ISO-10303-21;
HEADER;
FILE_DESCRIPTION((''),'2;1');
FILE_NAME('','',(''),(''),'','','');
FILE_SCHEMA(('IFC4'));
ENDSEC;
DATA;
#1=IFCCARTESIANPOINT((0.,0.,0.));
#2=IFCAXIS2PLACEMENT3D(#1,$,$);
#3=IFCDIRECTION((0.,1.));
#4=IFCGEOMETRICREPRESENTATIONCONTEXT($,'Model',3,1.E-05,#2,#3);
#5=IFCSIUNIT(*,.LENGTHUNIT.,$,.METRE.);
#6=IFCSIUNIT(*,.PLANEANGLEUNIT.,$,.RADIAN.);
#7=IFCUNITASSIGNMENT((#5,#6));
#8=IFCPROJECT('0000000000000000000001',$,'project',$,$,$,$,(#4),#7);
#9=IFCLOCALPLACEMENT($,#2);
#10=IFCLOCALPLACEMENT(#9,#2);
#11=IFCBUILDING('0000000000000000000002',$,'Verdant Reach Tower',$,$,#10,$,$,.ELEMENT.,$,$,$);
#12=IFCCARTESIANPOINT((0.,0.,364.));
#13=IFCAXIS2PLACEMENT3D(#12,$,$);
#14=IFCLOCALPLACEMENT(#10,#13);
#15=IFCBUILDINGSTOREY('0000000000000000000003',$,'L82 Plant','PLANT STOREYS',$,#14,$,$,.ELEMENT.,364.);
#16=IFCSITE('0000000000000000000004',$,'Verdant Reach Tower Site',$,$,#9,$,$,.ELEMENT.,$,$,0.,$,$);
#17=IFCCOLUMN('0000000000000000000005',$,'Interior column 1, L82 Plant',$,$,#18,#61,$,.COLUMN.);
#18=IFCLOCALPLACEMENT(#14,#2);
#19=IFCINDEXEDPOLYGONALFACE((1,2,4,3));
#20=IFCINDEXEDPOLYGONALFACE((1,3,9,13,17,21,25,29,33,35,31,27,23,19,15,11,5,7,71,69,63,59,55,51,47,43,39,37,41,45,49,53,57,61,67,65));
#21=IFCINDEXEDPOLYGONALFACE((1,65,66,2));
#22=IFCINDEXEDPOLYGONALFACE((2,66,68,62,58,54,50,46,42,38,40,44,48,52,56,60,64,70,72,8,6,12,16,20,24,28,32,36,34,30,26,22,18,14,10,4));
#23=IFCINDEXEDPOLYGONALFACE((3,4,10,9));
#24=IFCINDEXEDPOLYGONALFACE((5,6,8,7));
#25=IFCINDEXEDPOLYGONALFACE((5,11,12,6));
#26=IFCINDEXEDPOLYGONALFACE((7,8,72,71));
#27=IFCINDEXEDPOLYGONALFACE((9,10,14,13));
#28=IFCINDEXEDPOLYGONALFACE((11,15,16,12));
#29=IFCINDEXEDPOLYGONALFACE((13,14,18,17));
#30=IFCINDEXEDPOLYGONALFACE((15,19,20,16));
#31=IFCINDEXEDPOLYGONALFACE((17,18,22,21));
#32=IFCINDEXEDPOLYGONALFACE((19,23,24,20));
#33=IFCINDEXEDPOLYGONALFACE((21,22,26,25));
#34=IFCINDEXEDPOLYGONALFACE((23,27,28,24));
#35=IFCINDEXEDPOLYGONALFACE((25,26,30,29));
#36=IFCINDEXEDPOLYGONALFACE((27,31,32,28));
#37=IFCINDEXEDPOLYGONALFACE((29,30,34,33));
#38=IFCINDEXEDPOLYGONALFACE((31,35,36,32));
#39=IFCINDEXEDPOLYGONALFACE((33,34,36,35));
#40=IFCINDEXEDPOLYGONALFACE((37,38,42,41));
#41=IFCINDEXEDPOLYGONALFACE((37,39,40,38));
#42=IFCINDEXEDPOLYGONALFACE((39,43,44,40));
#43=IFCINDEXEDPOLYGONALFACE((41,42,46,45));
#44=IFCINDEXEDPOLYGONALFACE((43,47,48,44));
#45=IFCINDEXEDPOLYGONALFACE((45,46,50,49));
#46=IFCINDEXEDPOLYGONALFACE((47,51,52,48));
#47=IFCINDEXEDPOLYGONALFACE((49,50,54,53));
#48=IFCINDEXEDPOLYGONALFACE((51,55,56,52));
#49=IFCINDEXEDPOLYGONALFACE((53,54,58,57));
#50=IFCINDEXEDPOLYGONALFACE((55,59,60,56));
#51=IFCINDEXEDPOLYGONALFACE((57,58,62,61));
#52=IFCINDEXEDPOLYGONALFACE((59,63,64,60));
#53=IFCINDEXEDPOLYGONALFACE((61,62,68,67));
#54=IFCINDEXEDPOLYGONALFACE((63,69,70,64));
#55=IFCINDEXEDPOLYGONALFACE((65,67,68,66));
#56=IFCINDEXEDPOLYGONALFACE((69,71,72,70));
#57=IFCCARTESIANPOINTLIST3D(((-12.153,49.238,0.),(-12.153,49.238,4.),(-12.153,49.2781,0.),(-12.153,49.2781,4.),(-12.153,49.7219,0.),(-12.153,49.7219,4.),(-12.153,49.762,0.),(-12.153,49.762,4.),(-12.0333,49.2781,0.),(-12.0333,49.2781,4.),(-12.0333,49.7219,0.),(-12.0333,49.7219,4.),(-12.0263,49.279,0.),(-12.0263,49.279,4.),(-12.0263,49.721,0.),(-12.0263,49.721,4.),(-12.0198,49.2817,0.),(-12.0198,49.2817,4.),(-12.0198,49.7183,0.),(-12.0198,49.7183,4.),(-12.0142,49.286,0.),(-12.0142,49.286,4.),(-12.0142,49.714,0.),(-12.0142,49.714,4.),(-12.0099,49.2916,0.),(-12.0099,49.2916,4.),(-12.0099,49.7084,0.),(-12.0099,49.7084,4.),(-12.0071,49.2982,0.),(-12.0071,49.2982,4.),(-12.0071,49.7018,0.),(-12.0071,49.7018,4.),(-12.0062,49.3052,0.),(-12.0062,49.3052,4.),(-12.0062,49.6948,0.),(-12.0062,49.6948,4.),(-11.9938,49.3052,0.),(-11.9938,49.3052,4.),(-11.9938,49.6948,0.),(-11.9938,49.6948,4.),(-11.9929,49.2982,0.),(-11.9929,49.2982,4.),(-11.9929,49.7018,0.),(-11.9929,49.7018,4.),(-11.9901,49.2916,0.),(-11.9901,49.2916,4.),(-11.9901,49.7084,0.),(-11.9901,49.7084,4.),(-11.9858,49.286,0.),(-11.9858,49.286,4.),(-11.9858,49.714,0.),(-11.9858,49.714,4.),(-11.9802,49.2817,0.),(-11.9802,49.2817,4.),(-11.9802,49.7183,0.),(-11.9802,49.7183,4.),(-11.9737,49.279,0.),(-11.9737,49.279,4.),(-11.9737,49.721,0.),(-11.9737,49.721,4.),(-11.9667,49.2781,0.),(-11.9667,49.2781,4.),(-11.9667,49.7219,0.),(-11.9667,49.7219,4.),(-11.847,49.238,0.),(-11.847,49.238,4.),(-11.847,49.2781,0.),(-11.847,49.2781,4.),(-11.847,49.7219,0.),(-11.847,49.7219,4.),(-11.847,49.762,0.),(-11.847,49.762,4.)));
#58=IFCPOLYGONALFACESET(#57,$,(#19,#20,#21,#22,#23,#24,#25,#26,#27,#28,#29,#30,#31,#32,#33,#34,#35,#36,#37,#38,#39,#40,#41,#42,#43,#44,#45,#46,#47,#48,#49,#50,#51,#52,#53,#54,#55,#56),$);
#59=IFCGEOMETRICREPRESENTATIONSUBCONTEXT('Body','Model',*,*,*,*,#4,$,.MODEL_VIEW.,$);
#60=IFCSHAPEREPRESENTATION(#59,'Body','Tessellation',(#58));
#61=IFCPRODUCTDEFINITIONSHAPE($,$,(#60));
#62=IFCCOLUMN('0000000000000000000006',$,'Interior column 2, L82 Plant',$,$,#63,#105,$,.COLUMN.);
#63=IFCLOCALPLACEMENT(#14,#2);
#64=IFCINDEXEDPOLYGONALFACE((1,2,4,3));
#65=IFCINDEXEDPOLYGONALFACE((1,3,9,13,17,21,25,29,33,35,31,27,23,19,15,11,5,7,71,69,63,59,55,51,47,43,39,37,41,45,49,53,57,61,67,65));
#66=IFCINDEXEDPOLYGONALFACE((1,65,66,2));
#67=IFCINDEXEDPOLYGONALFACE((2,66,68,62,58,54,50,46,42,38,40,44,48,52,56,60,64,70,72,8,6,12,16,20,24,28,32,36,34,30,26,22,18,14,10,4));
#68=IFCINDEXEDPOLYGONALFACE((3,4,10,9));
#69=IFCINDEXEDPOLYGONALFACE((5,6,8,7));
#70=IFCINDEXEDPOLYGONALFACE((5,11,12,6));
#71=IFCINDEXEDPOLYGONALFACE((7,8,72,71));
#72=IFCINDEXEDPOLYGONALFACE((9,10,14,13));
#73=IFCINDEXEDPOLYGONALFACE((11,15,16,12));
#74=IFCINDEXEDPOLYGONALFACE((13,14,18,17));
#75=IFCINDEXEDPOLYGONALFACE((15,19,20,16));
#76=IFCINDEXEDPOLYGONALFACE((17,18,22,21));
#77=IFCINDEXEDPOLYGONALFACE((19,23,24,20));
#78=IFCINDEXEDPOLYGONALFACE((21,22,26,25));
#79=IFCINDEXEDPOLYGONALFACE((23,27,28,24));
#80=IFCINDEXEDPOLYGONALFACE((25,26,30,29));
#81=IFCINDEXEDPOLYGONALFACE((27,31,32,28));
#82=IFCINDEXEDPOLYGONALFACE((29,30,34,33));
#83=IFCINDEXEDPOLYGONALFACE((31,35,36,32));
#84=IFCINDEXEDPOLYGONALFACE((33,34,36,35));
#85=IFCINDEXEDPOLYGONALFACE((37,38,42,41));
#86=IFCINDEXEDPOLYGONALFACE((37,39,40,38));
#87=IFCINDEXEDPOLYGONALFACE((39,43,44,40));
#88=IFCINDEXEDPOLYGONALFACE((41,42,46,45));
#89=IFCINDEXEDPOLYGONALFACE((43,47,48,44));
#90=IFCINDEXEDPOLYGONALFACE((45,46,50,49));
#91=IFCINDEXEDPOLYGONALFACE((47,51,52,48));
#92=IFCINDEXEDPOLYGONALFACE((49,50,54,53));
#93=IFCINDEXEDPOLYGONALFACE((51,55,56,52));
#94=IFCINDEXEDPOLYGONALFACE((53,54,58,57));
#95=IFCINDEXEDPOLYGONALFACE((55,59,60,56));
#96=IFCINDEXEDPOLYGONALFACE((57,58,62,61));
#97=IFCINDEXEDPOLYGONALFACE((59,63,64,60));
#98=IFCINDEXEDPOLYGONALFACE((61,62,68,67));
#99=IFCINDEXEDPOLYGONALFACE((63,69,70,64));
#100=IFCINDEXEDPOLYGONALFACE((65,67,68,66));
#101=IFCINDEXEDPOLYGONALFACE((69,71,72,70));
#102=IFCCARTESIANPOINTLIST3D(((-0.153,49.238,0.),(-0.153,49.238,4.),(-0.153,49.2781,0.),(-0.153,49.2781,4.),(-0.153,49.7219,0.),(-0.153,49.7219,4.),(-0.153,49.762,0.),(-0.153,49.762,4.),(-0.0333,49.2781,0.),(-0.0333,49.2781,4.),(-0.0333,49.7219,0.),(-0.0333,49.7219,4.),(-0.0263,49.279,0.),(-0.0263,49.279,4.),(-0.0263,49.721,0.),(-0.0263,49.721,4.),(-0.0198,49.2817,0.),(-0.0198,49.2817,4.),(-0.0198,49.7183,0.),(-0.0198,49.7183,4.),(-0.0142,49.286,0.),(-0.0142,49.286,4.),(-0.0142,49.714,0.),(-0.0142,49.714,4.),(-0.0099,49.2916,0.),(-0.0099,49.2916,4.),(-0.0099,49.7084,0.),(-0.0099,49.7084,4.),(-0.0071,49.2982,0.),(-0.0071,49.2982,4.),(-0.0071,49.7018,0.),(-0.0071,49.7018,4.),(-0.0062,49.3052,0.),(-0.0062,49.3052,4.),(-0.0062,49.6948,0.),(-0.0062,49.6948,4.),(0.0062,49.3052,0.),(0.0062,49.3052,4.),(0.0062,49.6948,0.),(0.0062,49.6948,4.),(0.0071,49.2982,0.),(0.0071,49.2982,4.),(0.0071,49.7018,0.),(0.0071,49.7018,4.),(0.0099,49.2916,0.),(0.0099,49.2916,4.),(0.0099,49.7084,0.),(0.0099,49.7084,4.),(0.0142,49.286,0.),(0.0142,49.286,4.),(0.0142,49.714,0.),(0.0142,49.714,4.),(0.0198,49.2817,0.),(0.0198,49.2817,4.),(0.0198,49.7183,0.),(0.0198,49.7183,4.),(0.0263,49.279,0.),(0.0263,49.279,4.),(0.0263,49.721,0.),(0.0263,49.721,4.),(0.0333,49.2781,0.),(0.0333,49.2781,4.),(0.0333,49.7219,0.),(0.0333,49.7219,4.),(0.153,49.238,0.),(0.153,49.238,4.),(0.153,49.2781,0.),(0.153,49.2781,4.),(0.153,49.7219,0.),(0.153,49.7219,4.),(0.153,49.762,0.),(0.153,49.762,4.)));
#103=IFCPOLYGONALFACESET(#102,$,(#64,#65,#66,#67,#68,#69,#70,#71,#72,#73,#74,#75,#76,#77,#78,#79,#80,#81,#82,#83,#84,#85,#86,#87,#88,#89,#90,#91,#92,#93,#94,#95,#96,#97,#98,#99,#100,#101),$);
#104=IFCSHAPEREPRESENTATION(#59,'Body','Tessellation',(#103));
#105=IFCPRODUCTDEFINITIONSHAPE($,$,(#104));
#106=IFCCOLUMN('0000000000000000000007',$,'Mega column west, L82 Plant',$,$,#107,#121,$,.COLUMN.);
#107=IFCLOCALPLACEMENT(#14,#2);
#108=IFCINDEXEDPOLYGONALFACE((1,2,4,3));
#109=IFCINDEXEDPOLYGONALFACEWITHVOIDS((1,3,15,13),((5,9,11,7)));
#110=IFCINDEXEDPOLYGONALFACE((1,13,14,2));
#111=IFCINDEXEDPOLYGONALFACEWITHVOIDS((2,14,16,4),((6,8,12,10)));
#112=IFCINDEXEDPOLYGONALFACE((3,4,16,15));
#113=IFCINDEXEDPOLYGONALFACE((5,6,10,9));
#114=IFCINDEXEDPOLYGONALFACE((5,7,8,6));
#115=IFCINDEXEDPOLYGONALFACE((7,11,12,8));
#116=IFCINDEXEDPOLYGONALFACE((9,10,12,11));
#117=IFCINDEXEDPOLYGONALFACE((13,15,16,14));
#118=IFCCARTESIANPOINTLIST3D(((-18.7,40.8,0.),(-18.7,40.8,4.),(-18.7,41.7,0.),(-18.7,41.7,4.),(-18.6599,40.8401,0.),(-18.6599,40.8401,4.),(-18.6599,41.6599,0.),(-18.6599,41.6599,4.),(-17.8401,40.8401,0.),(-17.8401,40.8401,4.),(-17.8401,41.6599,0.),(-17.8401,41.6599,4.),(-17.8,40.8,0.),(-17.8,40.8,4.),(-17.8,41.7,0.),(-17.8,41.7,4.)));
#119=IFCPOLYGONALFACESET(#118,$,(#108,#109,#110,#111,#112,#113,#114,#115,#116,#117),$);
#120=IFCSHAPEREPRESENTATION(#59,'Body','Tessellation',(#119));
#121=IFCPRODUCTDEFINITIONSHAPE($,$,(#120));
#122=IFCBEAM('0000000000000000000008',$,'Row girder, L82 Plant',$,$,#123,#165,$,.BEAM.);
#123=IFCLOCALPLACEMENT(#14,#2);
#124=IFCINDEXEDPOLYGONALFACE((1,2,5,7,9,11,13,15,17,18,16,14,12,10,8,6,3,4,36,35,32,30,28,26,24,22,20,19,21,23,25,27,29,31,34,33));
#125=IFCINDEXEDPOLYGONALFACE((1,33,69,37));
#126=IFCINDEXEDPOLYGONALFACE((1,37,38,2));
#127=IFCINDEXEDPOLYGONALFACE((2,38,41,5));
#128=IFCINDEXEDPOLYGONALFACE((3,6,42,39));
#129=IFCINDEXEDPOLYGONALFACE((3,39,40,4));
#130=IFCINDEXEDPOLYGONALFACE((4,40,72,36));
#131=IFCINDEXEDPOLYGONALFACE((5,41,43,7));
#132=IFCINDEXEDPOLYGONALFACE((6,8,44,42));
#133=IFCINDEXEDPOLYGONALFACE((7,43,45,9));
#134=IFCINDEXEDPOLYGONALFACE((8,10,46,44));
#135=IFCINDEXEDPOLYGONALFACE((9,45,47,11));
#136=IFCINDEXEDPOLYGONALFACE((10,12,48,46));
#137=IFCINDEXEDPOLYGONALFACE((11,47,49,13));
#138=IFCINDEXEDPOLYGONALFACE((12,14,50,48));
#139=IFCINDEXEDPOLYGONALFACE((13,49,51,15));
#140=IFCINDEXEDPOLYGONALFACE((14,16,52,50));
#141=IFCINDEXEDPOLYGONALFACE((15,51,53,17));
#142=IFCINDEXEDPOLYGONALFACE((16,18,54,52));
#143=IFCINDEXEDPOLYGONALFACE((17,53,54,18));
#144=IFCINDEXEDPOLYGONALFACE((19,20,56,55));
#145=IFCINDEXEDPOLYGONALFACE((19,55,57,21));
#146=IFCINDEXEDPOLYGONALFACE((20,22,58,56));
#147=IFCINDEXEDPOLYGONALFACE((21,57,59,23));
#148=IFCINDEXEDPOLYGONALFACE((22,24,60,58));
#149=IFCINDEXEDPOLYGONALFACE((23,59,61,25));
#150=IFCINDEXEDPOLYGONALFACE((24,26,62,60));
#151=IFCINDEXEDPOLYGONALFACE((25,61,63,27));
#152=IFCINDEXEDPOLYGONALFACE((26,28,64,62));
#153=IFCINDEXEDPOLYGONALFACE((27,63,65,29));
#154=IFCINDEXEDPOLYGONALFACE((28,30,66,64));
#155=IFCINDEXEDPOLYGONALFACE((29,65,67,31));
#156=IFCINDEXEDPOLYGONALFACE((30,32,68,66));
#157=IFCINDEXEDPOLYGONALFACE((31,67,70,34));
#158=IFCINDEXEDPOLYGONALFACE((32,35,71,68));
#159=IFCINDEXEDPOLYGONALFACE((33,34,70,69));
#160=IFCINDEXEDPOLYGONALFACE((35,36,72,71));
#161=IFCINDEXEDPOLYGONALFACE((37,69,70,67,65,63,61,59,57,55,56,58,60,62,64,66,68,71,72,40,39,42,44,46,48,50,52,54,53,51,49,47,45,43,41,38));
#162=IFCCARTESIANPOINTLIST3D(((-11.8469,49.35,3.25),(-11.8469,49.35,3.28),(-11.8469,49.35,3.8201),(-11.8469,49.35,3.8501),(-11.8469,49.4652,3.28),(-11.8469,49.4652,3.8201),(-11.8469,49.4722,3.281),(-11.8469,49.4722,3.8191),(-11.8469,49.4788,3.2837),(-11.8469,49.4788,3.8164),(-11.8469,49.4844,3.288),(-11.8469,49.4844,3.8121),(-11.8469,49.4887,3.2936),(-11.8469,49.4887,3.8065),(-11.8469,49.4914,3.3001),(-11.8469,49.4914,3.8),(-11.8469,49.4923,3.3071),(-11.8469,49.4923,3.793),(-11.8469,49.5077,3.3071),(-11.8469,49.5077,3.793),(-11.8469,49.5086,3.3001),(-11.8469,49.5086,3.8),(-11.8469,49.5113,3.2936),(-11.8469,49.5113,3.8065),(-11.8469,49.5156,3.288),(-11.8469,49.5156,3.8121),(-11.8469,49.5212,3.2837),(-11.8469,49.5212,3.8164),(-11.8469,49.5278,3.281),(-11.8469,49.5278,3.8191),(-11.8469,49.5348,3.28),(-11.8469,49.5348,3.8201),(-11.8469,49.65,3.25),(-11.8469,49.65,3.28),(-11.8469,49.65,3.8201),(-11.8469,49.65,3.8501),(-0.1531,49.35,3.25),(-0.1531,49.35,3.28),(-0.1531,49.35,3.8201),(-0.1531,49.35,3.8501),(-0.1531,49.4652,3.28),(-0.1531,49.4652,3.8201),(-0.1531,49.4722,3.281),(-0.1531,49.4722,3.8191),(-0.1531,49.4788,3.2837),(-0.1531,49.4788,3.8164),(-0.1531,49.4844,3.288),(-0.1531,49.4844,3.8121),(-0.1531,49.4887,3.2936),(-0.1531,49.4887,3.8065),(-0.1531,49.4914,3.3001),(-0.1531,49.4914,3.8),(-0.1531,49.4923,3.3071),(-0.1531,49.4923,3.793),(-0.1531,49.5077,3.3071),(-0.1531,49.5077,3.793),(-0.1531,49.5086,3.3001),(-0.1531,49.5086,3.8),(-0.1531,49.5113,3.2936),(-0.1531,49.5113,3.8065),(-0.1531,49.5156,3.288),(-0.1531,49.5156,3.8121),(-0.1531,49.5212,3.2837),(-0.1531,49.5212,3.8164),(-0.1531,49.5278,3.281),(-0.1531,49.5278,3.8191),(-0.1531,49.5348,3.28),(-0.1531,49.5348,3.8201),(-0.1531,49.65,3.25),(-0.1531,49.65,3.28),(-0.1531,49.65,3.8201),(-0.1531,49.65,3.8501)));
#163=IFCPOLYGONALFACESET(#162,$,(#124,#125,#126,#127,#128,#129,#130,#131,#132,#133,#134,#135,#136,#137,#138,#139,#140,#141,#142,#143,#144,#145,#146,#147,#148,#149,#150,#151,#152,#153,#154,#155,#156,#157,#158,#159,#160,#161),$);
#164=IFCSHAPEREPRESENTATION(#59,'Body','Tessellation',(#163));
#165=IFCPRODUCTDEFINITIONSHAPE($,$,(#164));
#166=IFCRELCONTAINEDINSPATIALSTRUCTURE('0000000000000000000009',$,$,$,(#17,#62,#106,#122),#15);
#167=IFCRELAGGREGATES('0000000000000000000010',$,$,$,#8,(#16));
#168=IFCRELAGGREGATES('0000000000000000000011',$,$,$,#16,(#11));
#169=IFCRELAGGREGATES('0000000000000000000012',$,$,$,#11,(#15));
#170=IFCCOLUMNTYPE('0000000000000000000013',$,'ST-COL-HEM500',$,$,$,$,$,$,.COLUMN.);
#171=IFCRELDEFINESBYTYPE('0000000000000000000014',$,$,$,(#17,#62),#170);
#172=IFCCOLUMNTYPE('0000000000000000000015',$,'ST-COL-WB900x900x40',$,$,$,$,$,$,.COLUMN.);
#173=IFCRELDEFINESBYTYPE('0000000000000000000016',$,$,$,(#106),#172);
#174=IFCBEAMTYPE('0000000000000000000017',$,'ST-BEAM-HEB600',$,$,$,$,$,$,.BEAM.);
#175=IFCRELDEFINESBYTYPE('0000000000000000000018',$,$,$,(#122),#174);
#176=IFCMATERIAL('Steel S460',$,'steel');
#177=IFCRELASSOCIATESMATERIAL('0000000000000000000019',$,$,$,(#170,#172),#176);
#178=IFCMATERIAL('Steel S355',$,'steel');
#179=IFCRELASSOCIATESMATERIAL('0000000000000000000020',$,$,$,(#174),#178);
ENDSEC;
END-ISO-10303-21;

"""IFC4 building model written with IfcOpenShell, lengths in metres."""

from ifc_helpers import new_model, si_unit, direction, frame, origin, origin_2d, place, context, subcontext, project, spatial, hollow_rectangle, i_section, extrude, material, material_profile, profile_set, type_object, element, save


model = new_model("IFC4")

# Units and contexts
model_context = context("Model", 3, precision=1e-05, world=origin(), true_north=direction((0.0, 1.0)))
body_context = subcontext(model_context, "Body", "Model", "MODEL_VIEW")
ifc_project = project(units=[si_unit("LENGTHUNIT", "METRE"), si_unit("PLANEANGLEUNIT", "RADIAN")], contexts=[model_context])

# Site, building, storey
site_placement = place(None, origin())
site = spatial("IfcSite", under=ifc_project, at=site_placement, Name="Verdant Reach Tower Site", CompositionType="ELEMENT", RefElevation=0.0)
building_placement = place(site_placement, origin())
building = spatial("IfcBuilding", under=site, at=building_placement, Name="Verdant Reach Tower", CompositionType="ELEMENT")
storey_placement = place(building_placement, frame((0.0, 0.0, 364.0)))
storey = spatial("IfcBuildingStorey", under=building, at=storey_placement, Name="L82 Plant", Description="PLANT STOREYS", CompositionType="ELEMENT", Elevation=364.0)

# Columns
ifc_material_1 = material(Name="Steel S460", Category="steel")
ifc_material_profile_1 = material_profile(ifc_material_1, i_section(OverallWidth=0.3059, OverallDepth=0.5239, WebThickness=0.0125, FlangeThickness=0.04, FilletRadius=0.0271, at=origin_2d()), Name="HEM 500")
ifc_profile_set_1 = profile_set([ifc_material_profile_1], Name="Steel S460")
column_type_1 = type_object("IfcColumnType", Name="ST-COL-HEM500", PredefinedType="COLUMN", material=ifc_profile_set_1)
for number, where, z_axis, x_axis, name in (
    (1, (-12.0, 49.5, 0.0), (0.0, 0.0, 1.0), (1.0, 0.0, 0.0), "Interior column 1, L82 Plant"),
    (2, (0.0, 49.5, 0.0), (0.0, 0.0, 1.0), (1.0, 0.0, 0.0), "Interior column 2, L82 Plant"),
):
    element("IfcColumn", number, at=place(storey_placement, frame(where, z_axis=z_axis, x_axis=x_axis)), inside=storey, type_object=column_type_1, Name=name, PredefinedType="COLUMN", context=body_context, shape_type="SweptSolid", body=[
        extrude(i_section(OverallWidth=0.3059, OverallDepth=0.5239, WebThickness=0.0125, FlangeThickness=0.04, FilletRadius=0.0271, at=origin_2d()), origin(), (0.0, 0.0, 1.0), 4.0),
    ])
ifc_material_profile_2 = material_profile(ifc_material_1, hollow_rectangle(XDim=0.8999, YDim=0.8999, WallThickness=0.04, at=origin_2d()), Name="WB 900x900x40")
ifc_profile_set_2 = profile_set([ifc_material_profile_2], Name="Steel S460")
column_type_2 = type_object("IfcColumnType", Name="ST-COL-WB900x900x40", PredefinedType="COLUMN", material=ifc_profile_set_2)
column_placement = place(storey_placement, frame((-18.25, 41.25, 0.0), z_axis=(0.0, 0.0, 1.0), x_axis=(1.0, 0.0, 0.0)))
element("IfcColumn", 3, at=column_placement, inside=storey, type_object=column_type_2, Name="Mega column west, L82 Plant", PredefinedType="COLUMN", context=body_context, shape_type="SweptSolid", body=[
    extrude(hollow_rectangle(XDim=0.8999, YDim=0.8999, WallThickness=0.04, at=origin_2d()), origin(), (0.0, 0.0, 1.0), 4.0),
])

# Beam
ifc_material_2 = material(Name="Steel S355", Category="steel")
ifc_material_profile_3 = material_profile(ifc_material_2, i_section(OverallWidth=0.3, OverallDepth=0.6001, WebThickness=0.0154, FlangeThickness=0.03, FilletRadius=0.0271, at=origin_2d()), Name="HEB 600")
ifc_profile_set_3 = profile_set([ifc_material_profile_3], Name="Steel S355")
beam_type_1 = type_object("IfcBeamType", Name="ST-BEAM-HEB600", PredefinedType="BEAM", material=ifc_profile_set_3)
beam_1_placement = place(storey_placement, frame((-11.8469, 49.5, 3.55), z_axis=(1.0, 0.0, 0.0), x_axis=(0.0, 1.0, 0.0)))
element("IfcBeam", 4, at=beam_1_placement, inside=storey, type_object=beam_type_1, Name="Row girder, L82 Plant", PredefinedType="BEAM", context=body_context, shape_type="SweptSolid", body=[
    extrude(i_section(OverallWidth=0.3, OverallDepth=0.6001, WebThickness=0.0154, FlangeThickness=0.03, FilletRadius=0.0271, at=origin_2d()), origin(), (0.0, 0.0, 1.0), 11.6938),
])

save(model, "model.ifc")
